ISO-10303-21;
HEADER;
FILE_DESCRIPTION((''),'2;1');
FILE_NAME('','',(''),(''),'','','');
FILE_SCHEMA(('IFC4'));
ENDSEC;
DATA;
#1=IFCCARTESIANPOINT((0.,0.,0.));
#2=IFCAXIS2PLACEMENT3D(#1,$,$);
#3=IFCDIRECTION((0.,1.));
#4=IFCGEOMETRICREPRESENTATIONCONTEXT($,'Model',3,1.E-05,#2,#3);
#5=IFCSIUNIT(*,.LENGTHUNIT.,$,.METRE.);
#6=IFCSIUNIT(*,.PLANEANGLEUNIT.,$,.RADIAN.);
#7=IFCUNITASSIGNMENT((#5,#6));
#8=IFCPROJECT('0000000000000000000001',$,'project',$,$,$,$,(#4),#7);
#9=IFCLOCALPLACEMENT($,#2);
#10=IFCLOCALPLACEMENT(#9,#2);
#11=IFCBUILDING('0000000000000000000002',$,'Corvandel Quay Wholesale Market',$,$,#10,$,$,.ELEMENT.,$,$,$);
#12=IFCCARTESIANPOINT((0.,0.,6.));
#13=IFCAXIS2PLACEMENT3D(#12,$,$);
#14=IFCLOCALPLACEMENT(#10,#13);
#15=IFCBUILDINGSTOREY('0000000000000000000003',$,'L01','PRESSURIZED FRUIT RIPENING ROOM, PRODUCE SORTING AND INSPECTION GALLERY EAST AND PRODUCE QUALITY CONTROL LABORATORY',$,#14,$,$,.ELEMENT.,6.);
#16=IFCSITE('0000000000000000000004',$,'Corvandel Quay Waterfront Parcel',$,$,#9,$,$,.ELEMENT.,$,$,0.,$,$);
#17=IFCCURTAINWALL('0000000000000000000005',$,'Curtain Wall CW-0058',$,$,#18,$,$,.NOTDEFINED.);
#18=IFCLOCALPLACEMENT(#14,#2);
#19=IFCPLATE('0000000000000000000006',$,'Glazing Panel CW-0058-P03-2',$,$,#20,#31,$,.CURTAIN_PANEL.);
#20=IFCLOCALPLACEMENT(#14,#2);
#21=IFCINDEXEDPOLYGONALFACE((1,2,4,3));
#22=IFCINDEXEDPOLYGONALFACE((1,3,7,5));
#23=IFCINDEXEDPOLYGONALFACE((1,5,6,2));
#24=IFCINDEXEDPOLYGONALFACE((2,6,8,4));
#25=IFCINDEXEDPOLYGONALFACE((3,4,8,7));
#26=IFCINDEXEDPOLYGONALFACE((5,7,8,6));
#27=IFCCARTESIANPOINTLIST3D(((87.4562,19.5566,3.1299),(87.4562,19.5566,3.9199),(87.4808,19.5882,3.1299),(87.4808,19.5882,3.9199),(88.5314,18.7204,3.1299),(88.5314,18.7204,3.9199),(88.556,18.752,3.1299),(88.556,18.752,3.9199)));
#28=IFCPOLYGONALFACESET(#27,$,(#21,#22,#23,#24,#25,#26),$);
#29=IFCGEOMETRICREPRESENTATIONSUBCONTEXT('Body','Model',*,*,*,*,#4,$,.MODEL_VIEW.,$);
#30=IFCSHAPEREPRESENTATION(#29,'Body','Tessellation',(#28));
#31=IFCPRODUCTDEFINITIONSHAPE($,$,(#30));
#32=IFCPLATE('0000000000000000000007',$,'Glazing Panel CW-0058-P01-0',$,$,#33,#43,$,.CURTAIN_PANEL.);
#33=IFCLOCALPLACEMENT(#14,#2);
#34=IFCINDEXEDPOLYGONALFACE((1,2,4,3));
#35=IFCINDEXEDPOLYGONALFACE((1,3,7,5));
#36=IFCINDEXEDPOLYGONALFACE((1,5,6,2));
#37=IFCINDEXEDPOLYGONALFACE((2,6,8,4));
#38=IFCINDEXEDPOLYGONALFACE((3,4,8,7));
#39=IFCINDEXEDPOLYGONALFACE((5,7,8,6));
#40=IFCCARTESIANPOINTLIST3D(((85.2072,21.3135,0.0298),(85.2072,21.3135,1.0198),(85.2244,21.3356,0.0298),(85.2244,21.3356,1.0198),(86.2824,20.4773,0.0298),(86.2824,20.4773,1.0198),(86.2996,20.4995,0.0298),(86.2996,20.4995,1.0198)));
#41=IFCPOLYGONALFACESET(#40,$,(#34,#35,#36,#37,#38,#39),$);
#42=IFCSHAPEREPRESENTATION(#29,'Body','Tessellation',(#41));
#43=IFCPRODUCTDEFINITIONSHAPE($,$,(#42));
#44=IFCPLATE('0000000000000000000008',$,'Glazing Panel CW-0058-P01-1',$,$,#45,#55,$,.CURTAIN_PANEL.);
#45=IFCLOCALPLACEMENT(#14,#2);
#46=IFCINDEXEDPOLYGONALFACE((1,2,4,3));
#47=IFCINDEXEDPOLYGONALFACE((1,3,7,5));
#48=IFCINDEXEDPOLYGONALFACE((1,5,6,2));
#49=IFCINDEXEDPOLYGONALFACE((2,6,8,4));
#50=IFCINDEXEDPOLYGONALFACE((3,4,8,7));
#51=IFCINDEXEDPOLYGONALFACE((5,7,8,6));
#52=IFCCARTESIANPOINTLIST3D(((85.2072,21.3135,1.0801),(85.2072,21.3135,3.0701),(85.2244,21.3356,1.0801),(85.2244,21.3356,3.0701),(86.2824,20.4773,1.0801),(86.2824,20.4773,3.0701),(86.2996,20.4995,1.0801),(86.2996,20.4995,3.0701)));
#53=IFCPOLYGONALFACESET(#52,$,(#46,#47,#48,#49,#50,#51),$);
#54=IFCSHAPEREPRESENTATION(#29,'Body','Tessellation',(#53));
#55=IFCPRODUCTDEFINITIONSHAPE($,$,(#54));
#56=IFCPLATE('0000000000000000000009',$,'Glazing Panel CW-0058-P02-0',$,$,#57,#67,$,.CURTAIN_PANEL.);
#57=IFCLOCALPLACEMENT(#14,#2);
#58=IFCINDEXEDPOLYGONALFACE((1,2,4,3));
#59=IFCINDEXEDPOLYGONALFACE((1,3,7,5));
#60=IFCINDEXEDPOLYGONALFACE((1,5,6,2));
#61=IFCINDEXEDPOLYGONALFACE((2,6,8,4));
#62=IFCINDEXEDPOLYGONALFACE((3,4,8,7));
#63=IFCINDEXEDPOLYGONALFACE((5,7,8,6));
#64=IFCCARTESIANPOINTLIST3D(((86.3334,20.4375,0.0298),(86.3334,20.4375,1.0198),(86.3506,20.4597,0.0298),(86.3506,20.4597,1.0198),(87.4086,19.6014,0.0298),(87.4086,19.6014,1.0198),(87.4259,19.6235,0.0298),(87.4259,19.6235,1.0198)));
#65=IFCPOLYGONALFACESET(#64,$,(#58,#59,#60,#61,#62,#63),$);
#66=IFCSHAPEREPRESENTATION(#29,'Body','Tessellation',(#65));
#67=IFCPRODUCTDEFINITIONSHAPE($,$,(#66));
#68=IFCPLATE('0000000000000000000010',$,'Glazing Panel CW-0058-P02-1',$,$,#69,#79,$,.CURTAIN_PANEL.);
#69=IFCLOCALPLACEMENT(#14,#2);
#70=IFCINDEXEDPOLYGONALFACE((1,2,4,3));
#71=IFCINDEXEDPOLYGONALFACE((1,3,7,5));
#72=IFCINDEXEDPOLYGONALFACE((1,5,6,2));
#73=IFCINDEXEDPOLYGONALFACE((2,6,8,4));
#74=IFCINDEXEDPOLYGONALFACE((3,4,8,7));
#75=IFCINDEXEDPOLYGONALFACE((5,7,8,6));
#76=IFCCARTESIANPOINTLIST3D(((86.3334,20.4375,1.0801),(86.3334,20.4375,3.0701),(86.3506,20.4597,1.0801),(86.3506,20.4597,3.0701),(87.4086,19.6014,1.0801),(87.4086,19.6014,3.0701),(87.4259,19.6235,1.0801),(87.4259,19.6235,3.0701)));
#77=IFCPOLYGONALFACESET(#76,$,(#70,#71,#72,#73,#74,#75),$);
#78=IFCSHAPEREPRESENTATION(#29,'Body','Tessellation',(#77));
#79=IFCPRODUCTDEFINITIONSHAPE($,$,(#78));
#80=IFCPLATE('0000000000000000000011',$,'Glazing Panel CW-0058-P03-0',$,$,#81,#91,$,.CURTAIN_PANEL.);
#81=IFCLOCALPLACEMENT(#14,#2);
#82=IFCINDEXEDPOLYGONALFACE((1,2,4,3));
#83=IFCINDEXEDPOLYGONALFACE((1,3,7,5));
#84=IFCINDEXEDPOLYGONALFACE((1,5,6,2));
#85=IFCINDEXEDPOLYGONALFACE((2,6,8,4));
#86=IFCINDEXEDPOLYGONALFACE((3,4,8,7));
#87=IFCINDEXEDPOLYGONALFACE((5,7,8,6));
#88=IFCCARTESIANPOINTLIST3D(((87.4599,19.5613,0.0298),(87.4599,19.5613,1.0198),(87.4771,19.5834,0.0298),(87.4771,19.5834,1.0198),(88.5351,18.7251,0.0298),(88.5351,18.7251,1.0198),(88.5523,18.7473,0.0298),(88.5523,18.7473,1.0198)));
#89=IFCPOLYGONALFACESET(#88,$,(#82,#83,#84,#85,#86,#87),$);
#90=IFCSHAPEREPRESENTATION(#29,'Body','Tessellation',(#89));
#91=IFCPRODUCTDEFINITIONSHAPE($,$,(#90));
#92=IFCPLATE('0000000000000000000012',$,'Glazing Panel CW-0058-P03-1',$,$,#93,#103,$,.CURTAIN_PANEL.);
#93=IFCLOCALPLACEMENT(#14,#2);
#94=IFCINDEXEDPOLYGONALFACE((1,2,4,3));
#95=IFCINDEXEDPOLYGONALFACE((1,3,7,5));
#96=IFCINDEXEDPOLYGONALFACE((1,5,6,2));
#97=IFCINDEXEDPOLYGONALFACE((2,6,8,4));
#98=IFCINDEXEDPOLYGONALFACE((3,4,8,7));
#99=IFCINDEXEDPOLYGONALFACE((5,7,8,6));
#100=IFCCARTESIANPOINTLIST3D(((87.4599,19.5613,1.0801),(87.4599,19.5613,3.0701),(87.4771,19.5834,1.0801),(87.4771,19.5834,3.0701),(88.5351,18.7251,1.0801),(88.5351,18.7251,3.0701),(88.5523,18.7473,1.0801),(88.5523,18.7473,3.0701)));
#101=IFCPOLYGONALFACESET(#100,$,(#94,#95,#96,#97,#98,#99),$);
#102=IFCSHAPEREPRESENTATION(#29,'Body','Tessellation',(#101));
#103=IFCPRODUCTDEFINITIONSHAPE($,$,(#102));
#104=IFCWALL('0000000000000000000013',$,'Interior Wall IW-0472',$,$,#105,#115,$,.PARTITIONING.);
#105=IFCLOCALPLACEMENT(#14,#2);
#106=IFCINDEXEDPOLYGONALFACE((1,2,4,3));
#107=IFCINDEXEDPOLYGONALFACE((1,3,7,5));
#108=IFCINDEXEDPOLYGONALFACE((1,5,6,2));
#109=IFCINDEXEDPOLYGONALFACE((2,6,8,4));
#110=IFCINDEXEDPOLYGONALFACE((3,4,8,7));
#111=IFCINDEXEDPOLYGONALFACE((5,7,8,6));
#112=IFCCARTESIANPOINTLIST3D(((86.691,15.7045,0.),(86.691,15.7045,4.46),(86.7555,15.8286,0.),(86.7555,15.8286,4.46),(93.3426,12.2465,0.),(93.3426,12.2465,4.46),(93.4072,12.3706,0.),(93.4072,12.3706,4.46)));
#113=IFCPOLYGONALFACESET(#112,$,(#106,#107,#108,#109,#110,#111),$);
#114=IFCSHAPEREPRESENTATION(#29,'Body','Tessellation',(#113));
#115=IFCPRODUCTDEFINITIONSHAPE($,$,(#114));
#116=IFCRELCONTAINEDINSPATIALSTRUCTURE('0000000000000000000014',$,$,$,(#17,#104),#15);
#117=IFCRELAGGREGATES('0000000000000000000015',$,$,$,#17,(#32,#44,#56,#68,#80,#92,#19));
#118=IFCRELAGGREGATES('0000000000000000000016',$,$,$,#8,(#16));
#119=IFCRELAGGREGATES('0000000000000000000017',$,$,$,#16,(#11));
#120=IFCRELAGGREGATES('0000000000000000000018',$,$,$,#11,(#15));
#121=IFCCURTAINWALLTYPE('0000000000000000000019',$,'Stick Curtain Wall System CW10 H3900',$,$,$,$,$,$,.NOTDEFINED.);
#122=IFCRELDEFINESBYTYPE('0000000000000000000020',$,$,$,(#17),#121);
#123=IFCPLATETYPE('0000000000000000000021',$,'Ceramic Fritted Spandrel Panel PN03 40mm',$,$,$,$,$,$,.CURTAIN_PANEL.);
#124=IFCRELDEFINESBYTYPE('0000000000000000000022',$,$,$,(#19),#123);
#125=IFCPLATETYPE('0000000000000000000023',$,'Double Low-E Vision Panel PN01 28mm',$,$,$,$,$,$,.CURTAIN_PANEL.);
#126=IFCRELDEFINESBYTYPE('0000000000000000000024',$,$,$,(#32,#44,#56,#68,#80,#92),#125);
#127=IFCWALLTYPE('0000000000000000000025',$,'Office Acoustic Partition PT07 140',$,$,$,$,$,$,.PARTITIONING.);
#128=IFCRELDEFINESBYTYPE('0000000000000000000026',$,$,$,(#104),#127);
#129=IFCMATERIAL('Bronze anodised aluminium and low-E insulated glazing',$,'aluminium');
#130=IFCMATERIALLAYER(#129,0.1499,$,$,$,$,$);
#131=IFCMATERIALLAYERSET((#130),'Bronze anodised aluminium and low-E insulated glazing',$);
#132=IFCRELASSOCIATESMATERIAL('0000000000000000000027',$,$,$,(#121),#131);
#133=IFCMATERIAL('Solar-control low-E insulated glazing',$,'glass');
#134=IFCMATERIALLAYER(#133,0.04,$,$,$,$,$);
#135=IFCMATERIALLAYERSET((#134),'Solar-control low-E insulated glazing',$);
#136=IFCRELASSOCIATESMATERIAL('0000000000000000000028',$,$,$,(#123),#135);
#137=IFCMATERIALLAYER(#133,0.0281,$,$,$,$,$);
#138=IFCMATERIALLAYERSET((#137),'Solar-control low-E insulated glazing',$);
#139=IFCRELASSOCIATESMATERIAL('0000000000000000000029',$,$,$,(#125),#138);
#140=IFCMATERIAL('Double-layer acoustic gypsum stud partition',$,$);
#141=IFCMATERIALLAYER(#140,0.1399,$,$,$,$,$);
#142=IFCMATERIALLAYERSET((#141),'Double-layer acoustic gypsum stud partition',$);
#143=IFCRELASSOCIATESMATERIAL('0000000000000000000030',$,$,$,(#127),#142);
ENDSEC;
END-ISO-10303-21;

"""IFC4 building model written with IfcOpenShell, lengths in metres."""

from ifc_helpers import new_model, si_unit, direction, frame, frame_2d, origin, origin_2d, place, context, subcontext, project, spatial, rectangle, extrude, material, layer, layer_set, type_object, element, aggregate, save


model = new_model("IFC4")

# Units and contexts
model_context = context("Model", 3, precision=1e-05, world=origin(), true_north=direction((0.0, 1.0)))
body_context = subcontext(model_context, "Body", "Model", "MODEL_VIEW")
ifc_project = project(units=[si_unit("LENGTHUNIT", "METRE"), si_unit("PLANEANGLEUNIT", "RADIAN")], contexts=[model_context])

# Site, building, storey
site_placement = place(None, origin())
site = spatial("IfcSite", under=ifc_project, at=site_placement, Name="Corvandel Quay Waterfront Parcel", CompositionType="ELEMENT", RefElevation=0.0)
building_placement = place(site_placement, origin())
building = spatial("IfcBuilding", under=site, at=building_placement, Name="Corvandel Quay Wholesale Market", CompositionType="ELEMENT")
storey_placement = place(building_placement, frame((0.0, 0.0, 6.0)))
storey = spatial("IfcBuildingStorey", under=building, at=storey_placement, Name="L01", Description="PRESSURIZED FRUIT RIPENING ROOM, PRODUCE SORTING AND INSPECTION GALLERY EAST AND PRODUCE QUALITY CONTROL LABORATORY", CompositionType="ELEMENT", Elevation=6.0)

# Curtain wall, plates
ifc_material_1 = material(Name="Bronze anodised aluminium and low-E insulated glazing", Category="aluminium")
ifc_layer_1 = layer(ifc_material_1, 0.1499)
ifc_layer_set_1 = layer_set([ifc_layer_1], Name="Bronze anodised aluminium and low-E insulated glazing")
curtain_wall_type = type_object("IfcCurtainWallType", Name="Stick Curtain Wall System CW10 H3900", PredefinedType="NOTDEFINED", material=ifc_layer_set_1)
curtain_wall_placement = place(storey_placement, origin())
curtain_wall = element("IfcCurtainWall", 1, at=curtain_wall_placement, inside=storey, type_object=curtain_wall_type, Name="Curtain Wall CW-0058", PredefinedType="NOTDEFINED")
ifc_material_2 = material(Name="Solar-control low-E insulated glazing", Category="glass")
ifc_layer_2 = layer(ifc_material_2, 0.04)
ifc_layer_set_2 = layer_set([ifc_layer_2], Name="Solar-control low-E insulated glazing")
plate_type_1 = type_object("IfcPlateType", Name="Ceramic Fritted Spandrel Panel PN03 40mm", PredefinedType="CURTAIN_PANEL", material=ifc_layer_set_2)
plate_1_placement = place(storey_placement, frame((88.0061, 19.1543, 3.1299), z_axis=(0.0, 0.0, 1.0), x_axis=(-0.789406, 0.613872, 0.0)))
plate_1 = element("IfcPlate", 2, at=plate_1_placement, type_object=plate_type_1, Name="Glazing Panel CW-0058-P03-2", PredefinedType="CURTAIN_PANEL", context=body_context, shape_type="SweptSolid", body=[
    extrude(rectangle(XDim=1.3621, YDim=0.04, at=origin_2d()), origin(), (0.0, 0.0, 1.0), 0.79),
])
ifc_layer_3 = layer(ifc_material_2, 0.0281)
ifc_layer_set_3 = layer_set([ifc_layer_3], Name="Solar-control low-E insulated glazing")
plate_type_2 = type_object("IfcPlateType", Name="Double Low-E Vision Panel PN01 28mm", PredefinedType="CURTAIN_PANEL", material=ifc_layer_set_3)
plate_2_placement = place(storey_placement, frame((85.7534, 20.9065, 0.0298), z_axis=(0.0, 0.0, 1.0), x_axis=(-0.789406, 0.613872, 0.0)))
plate_2 = element("IfcPlate", 3, at=plate_2_placement, type_object=plate_type_2, Name="Glazing Panel CW-0058-P01-0", PredefinedType="CURTAIN_PANEL", context=body_context, shape_type="SweptSolid", body=[
    extrude(rectangle(XDim=1.3621, YDim=0.0281, at=origin_2d()), origin(), (0.0, 0.0, 1.0), 0.99),
])
plate_3_placement = place(storey_placement, frame((85.7534, 20.9065, 1.0801), z_axis=(0.0, 0.0, 1.0), x_axis=(-0.789406, 0.613872, 0.0)))
plate_3 = element("IfcPlate", 4, at=plate_3_placement, type_object=plate_type_2, Name="Glazing Panel CW-0058-P01-1", PredefinedType="CURTAIN_PANEL", context=body_context, shape_type="SweptSolid", body=[
    extrude(rectangle(XDim=1.3621, YDim=0.0281, at=origin_2d()), origin(), (0.0, 0.0, 1.0), 1.99),
])
plate_4_placement = place(storey_placement, frame((86.8796, 20.0305, 0.0298), z_axis=(0.0, 0.0, 1.0), x_axis=(-0.789406, 0.613872, 0.0)))
plate_4 = element("IfcPlate", 5, at=plate_4_placement, type_object=plate_type_2, Name="Glazing Panel CW-0058-P02-0", PredefinedType="CURTAIN_PANEL", context=body_context, shape_type="SweptSolid", body=[
    extrude(rectangle(XDim=1.3621, YDim=0.0281, at=origin_2d()), origin(), (0.0, 0.0, 1.0), 0.99),
])
plate_5_placement = place(storey_placement, frame((86.8796, 20.0305, 1.0801), z_axis=(0.0, 0.0, 1.0), x_axis=(-0.789406, 0.613872, 0.0)))
plate_5 = element("IfcPlate", 6, at=plate_5_placement, type_object=plate_type_2, Name="Glazing Panel CW-0058-P02-1", PredefinedType="CURTAIN_PANEL", context=body_context, shape_type="SweptSolid", body=[
    extrude(rectangle(XDim=1.3621, YDim=0.0281, at=origin_2d()), origin(), (0.0, 0.0, 1.0), 1.99),
])
plate_6_placement = place(storey_placement, frame((88.0061, 19.1543, 0.0298), z_axis=(0.0, 0.0, 1.0), x_axis=(-0.789406, 0.613872, 0.0)))
plate_6 = element("IfcPlate", 7, at=plate_6_placement, type_object=plate_type_2, Name="Glazing Panel CW-0058-P03-0", PredefinedType="CURTAIN_PANEL", context=body_context, shape_type="SweptSolid", body=[
    extrude(rectangle(XDim=1.3621, YDim=0.0281, at=origin_2d()), origin(), (0.0, 0.0, 1.0), 0.99),
])
plate_7_placement = place(storey_placement, frame((88.0061, 19.1543, 1.0801), z_axis=(0.0, 0.0, 1.0), x_axis=(-0.789406, 0.613872, 0.0)))
plate_7 = element("IfcPlate", 8, at=plate_7_placement, type_object=plate_type_2, Name="Glazing Panel CW-0058-P03-1", PredefinedType="CURTAIN_PANEL", context=body_context, shape_type="SweptSolid", body=[
    extrude(rectangle(XDim=1.3621, YDim=0.0281, at=origin_2d()), origin(), (0.0, 0.0, 1.0), 1.99),
])
aggregate(curtain_wall, [plate_2, plate_3, plate_4, plate_5, plate_6, plate_7, plate_1])

# Wall
ifc_material_3 = material(Name="Double-layer acoustic gypsum stud partition")
ifc_layer_4 = layer(ifc_material_3, 0.1399)
ifc_layer_set_4 = layer_set([ifc_layer_4], Name="Double-layer acoustic gypsum stud partition")
wall_type = type_object("IfcWallType", Name="Office Acoustic Partition PT07 140", PredefinedType="PARTITIONING", material=ifc_layer_set_4)
wall_placement = place(storey_placement, frame((86.7231, 15.7666, 0.0), z_axis=(0.0, 0.0, 1.0), x_axis=(0.887262, -0.461266, 0.0)))
element("IfcWall", 9, at=wall_placement, inside=storey, type_object=wall_type, Name="Interior Wall IW-0472", PredefinedType="PARTITIONING", context=body_context, shape_type="SweptSolid", body=[
    extrude(rectangle(XDim=7.4968, YDim=0.1399, at=frame_2d((3.7485, 0.0))), origin(), (0.0, 0.0, 1.0), 4.46),
])

save(model, "model.ifc")
